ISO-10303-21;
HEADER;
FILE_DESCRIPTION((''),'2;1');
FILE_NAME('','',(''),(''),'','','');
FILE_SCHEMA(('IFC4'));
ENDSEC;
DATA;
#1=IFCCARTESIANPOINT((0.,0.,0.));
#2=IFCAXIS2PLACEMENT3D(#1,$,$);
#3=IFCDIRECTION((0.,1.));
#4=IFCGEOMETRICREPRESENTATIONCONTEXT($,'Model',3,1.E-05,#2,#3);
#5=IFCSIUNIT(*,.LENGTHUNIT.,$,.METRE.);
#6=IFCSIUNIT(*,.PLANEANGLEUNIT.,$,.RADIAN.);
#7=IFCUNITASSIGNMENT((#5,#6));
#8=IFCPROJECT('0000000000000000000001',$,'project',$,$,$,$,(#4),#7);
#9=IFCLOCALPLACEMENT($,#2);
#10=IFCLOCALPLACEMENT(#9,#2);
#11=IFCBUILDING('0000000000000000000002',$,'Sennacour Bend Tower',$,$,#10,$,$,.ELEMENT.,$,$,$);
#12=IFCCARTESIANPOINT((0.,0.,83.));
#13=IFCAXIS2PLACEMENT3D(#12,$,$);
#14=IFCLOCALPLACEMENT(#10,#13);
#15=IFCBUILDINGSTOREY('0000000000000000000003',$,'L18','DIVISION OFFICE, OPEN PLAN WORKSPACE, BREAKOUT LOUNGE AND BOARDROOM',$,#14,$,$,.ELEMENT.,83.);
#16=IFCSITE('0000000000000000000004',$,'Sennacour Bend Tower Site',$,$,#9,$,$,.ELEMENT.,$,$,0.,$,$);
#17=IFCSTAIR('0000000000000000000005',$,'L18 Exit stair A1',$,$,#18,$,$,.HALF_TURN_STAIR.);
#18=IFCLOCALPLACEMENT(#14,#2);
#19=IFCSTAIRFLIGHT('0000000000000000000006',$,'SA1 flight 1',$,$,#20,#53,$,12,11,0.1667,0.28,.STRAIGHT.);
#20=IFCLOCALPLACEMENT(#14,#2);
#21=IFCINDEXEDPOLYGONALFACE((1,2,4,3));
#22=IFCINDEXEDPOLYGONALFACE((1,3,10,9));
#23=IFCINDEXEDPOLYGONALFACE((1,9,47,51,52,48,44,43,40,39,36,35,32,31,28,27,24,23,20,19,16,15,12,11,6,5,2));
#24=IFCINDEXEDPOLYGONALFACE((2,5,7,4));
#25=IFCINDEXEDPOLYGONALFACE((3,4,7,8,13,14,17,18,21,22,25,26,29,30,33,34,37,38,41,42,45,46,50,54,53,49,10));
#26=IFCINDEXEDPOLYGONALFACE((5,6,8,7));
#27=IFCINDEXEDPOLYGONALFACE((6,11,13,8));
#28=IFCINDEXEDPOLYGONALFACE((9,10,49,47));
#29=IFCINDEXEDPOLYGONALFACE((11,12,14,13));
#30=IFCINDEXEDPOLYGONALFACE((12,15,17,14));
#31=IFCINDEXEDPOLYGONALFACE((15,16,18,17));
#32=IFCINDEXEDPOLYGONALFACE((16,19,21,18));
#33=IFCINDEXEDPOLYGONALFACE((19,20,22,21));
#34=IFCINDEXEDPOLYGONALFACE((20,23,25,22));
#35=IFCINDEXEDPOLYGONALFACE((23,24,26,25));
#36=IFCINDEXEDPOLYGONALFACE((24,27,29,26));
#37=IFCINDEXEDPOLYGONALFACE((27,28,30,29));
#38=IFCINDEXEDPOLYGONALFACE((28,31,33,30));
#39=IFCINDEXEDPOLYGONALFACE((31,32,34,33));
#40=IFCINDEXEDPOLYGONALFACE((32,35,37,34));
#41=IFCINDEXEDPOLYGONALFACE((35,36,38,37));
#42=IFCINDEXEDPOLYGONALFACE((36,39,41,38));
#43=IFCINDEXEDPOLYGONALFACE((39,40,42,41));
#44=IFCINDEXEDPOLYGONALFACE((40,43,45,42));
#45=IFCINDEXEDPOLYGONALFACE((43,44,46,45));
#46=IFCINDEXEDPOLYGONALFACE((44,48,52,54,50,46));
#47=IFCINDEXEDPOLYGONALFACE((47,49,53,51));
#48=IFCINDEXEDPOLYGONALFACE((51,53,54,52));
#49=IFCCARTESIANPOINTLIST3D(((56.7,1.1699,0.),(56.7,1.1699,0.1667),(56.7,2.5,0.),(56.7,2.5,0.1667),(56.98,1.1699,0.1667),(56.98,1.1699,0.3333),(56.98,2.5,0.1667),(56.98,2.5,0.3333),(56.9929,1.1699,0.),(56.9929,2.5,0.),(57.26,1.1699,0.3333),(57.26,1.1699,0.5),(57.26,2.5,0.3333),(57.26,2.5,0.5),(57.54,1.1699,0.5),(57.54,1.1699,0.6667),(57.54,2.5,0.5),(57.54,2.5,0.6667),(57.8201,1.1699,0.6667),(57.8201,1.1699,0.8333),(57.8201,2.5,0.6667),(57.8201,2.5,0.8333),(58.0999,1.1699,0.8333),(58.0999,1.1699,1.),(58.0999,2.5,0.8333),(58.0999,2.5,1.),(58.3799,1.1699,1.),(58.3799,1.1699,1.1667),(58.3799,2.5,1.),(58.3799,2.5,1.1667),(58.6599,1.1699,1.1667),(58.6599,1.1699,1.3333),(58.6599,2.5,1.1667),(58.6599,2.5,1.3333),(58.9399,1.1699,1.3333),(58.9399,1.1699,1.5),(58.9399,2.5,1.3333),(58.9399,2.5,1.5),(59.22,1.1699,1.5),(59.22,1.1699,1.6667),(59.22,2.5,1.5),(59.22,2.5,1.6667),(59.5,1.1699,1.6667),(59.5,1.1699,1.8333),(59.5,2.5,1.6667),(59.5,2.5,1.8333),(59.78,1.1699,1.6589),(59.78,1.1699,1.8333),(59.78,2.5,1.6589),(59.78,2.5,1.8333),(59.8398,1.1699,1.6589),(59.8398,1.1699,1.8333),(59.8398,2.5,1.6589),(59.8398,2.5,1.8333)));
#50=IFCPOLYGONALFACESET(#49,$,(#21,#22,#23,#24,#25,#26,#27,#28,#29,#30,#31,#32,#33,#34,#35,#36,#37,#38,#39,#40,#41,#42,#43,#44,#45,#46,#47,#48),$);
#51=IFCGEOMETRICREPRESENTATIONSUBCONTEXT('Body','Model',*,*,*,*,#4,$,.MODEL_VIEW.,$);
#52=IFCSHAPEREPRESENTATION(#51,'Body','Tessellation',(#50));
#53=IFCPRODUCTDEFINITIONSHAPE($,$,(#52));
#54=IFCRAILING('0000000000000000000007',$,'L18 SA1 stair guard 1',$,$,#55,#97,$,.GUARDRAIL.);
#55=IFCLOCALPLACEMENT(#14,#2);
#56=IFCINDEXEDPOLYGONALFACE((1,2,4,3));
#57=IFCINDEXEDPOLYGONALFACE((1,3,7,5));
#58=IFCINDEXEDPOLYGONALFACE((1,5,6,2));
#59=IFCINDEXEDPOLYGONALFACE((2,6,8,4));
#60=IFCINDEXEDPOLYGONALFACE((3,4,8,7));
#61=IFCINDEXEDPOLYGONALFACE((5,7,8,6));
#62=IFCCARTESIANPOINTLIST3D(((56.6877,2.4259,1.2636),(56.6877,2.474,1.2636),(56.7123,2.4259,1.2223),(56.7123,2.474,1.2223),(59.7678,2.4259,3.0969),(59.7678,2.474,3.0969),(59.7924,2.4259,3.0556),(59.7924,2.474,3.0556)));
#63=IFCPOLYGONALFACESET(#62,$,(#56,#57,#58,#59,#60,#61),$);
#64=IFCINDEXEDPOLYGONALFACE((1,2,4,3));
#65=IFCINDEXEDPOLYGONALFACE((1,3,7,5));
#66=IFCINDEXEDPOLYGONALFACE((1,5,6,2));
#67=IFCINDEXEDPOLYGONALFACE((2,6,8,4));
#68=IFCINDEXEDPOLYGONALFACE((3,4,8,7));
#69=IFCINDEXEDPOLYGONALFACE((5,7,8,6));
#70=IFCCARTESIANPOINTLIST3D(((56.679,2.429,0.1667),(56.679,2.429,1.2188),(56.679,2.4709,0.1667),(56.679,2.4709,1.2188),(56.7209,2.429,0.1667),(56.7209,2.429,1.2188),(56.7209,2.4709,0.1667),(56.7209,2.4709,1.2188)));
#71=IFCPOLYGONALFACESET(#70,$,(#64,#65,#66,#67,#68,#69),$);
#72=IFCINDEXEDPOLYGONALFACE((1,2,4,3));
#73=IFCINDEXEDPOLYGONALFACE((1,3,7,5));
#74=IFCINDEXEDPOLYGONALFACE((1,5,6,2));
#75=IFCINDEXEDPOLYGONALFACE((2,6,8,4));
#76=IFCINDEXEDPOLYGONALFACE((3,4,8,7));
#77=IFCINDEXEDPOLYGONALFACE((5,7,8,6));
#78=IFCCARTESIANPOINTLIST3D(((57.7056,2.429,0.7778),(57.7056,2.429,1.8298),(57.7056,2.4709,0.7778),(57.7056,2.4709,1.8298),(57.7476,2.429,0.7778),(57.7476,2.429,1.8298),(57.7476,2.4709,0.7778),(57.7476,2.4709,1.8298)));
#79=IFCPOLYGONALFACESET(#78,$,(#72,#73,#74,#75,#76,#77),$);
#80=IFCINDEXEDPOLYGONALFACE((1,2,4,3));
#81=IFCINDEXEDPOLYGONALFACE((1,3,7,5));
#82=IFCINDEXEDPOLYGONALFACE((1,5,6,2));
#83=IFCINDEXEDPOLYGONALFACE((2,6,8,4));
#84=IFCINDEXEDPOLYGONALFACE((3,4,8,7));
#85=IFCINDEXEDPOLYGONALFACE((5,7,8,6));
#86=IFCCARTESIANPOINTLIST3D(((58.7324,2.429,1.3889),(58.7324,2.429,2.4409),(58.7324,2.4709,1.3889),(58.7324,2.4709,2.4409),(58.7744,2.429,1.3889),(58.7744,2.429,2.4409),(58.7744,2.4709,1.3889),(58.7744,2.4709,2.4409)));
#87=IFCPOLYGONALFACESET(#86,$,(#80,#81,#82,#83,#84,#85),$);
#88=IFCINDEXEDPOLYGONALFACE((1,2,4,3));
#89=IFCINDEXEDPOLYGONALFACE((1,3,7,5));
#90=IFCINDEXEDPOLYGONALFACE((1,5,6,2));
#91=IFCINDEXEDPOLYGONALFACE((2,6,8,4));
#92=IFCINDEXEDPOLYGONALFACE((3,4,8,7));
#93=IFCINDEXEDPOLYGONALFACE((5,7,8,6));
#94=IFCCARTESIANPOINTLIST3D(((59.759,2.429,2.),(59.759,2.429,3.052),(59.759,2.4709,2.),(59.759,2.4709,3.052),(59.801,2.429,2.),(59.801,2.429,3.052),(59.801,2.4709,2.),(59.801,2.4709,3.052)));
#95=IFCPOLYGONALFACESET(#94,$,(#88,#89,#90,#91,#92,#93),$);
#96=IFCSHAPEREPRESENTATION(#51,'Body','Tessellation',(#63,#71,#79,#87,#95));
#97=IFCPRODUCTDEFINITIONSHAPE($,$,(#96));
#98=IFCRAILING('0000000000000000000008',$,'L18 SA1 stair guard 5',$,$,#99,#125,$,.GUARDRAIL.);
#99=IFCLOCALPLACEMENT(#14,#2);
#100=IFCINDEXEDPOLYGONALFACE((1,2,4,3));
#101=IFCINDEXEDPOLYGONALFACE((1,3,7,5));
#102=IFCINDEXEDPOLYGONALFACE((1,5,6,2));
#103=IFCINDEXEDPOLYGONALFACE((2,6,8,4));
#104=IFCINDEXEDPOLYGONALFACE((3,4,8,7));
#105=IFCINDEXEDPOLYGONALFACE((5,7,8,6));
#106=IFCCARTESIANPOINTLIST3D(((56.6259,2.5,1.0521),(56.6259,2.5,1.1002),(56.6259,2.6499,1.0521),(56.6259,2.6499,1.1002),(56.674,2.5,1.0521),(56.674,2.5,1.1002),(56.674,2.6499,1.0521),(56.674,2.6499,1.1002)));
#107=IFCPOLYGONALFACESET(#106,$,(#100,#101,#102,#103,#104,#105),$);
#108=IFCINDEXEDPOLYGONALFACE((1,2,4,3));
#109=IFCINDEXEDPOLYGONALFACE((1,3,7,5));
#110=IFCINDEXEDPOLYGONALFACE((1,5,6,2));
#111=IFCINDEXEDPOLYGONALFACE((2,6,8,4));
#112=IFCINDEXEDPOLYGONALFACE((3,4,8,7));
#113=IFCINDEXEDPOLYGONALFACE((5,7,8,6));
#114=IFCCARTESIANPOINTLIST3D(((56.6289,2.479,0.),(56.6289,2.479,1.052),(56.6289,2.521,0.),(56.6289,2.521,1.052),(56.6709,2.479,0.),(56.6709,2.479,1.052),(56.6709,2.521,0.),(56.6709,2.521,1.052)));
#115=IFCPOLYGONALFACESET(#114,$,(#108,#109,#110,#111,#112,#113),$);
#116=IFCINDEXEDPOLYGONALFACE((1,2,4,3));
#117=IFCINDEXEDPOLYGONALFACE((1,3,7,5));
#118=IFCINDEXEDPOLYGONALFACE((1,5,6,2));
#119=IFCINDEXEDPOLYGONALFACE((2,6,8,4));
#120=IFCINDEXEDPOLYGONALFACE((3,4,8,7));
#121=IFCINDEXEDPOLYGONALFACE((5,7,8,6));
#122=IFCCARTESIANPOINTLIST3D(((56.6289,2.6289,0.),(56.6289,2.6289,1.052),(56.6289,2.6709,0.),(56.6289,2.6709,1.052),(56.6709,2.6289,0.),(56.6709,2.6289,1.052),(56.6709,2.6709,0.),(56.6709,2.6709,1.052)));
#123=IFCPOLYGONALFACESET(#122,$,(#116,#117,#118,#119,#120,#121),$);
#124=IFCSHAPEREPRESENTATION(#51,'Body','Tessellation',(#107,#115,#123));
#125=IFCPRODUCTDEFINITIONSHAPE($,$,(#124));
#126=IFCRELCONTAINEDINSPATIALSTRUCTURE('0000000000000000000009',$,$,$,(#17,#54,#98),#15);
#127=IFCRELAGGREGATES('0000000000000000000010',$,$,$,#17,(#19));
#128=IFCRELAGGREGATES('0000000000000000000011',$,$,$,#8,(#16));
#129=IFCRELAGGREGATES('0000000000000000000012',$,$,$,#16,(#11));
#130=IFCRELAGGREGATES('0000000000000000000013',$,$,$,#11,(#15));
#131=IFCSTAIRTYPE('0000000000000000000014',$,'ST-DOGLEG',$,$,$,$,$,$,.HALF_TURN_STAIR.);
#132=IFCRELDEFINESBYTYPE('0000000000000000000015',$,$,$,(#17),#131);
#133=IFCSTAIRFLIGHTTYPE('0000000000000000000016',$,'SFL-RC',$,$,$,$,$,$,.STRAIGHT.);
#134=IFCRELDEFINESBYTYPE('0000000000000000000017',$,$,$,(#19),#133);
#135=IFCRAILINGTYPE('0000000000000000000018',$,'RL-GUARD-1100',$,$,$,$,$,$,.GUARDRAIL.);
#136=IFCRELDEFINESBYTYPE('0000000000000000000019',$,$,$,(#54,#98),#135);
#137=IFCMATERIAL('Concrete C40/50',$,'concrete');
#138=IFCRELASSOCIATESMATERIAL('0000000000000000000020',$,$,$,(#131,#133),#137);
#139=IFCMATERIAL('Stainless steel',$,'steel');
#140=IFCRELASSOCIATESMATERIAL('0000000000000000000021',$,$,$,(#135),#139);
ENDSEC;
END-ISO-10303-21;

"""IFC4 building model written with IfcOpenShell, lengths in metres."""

from ifc_helpers import new_model, si_unit, direction, frame, origin, origin_2d, place, context, subcontext, project, spatial, polyline, rectangle, outline, extrude, material, type_object, element, aggregate, save


model = new_model("IFC4")

# Units and contexts
model_context = context("Model", 3, precision=1e-05, world=origin(), true_north=direction((0.0, 1.0)))
body_context = subcontext(model_context, "Body", "Model", "MODEL_VIEW")
ifc_project = project(units=[si_unit("LENGTHUNIT", "METRE"), si_unit("PLANEANGLEUNIT", "RADIAN")], contexts=[model_context])

# Site, building, storey
site_placement = place(None, origin())
site = spatial("IfcSite", under=ifc_project, at=site_placement, Name="Sennacour Bend Tower Site", CompositionType="ELEMENT", RefElevation=0.0)
building_placement = place(site_placement, origin())
building = spatial("IfcBuilding", under=site, at=building_placement, Name="Sennacour Bend Tower", CompositionType="ELEMENT")
storey_placement = place(building_placement, frame((0.0, 0.0, 83.0)))
storey = spatial("IfcBuildingStorey", under=building, at=storey_placement, Name="L18", Description="DIVISION OFFICE, OPEN PLAN WORKSPACE, BREAKOUT LOUNGE AND BOARDROOM", CompositionType="ELEMENT", Elevation=83.0)

# Stair, stair flight
ifc_material_1 = material(Name="Concrete C40/50", Category="concrete")
stair_type = type_object("IfcStairType", Name="ST-DOGLEG", PredefinedType="HALF_TURN_STAIR", material=ifc_material_1)
stair_placement = place(storey_placement, origin())
stair = element("IfcStair", 1, at=stair_placement, inside=storey, type_object=stair_type, Name="L18 Exit stair A1", PredefinedType="HALF_TURN_STAIR")
stair_flight_type = type_object("IfcStairFlightType", Name="SFL-RC", PredefinedType="STRAIGHT", material=ifc_material_1)
stair_flight_placement = place(storey_placement, frame((56.7, 1.835, 0.0), z_axis=(0.0, 0.0, 1.0), x_axis=(1.0, 0.0, 0.0)))
stair_flight = element("IfcStairFlight", 2, at=stair_flight_placement, type_object=stair_flight_type, Name="SA1 flight 1", NumberOfRisers=12, NumberOfTreads=11, PredefinedType="STRAIGHT", RiserHeight=0.1667, TreadLength=0.28, context=body_context, shape_type="SweptSolid", body=[
    extrude(outline(polyline([(0.0, 0.0), (0.0, 0.1667), (0.28, 0.1667), (0.28, 0.3333), (0.5601, 0.3333), (0.5601, 0.5), (0.8401, 0.5), (0.8401, 0.6667), (1.1201, 0.6667), (1.1201, 0.8333), (1.3999, 0.8333), (1.3999, 1.0), (1.6799, 1.0), (1.6799, 1.1667), (1.96, 1.1667), (1.96, 1.3333), (2.24, 1.3333), (2.24, 1.5), (2.52, 1.5), (2.52, 1.6667), (2.8, 1.6667), (2.8, 1.8333), (3.0801, 1.8333), (3.1399, 1.8333), (3.1399, 1.6589), (3.0801, 1.6589), (0.293, 0.0), (0.0, 0.0)])), frame((0.0, 0.665, 0.0), z_axis=(0.0, -1.0, 0.0), x_axis=(1.0, 0.0, 0.0)), (0.0, 0.0, 1.0), 1.3301),
])
aggregate(stair, [stair_flight])

# Railings
ifc_material_2 = material(Name="Stainless steel", Category="steel")
railing_type = type_object("IfcRailingType", Name="RL-GUARD-1100", PredefinedType="GUARDRAIL", material=ifc_material_2)
railing_1_placement = place(storey_placement, frame((56.7, 2.45, 0.1667)))
element("IfcRailing", 3, at=railing_1_placement, inside=storey, type_object=railing_type, Name="L18 SA1 stair guard 1", PredefinedType="GUARDRAIL", context=body_context, shape_type="SweptSolid", body=[
    extrude(rectangle(XDim=0.0481, YDim=0.0481, at=origin_2d()), frame((0.0, 0.0, 1.0762), z_axis=(0.859309, 0.0, 0.511458), x_axis=(0.0, 1.0, 0.0)), (0.0, 0.0, 1.0), 3.5845),
    extrude(rectangle(XDim=0.042, YDim=0.042, at=origin_2d()), origin(), (0.0, 0.0, 1.0), 1.052),
    extrude(rectangle(XDim=0.042, YDim=0.042, at=origin_2d()), frame((1.0266, 0.0, 0.6111)), (0.0, 0.0, 1.0), 1.052),
    extrude(rectangle(XDim=0.042, YDim=0.042, at=origin_2d()), frame((2.0535, 0.0, 1.2222)), (0.0, 0.0, 1.0), 1.052),
    extrude(rectangle(XDim=0.042, YDim=0.042, at=origin_2d()), frame((3.0801, 0.0, 1.8333)), (0.0, 0.0, 1.0), 1.052),
])
railing_2_placement = place(storey_placement, frame((56.6499, 2.5, 0.0)))
element("IfcRailing", 4, at=railing_2_placement, inside=storey, type_object=railing_type, Name="L18 SA1 stair guard 5", PredefinedType="GUARDRAIL", context=body_context, shape_type="SweptSolid", body=[
    extrude(rectangle(XDim=0.0481, YDim=0.0481, at=origin_2d()), frame((0.0, 0.0, 1.0762), z_axis=(0.0, 1.0, 0.0), x_axis=(-1.0, 0.0, 0.0)), (0.0, 0.0, 1.0), 0.1499),
    extrude(rectangle(XDim=0.042, YDim=0.042, at=origin_2d()), origin(), (0.0, 0.0, 1.0), 1.052),
    extrude(rectangle(XDim=0.042, YDim=0.042, at=origin_2d()), frame((0.0, 0.1499, 0.0)), (0.0, 0.0, 1.0), 1.052),
])

save(model, "model.ifc")
